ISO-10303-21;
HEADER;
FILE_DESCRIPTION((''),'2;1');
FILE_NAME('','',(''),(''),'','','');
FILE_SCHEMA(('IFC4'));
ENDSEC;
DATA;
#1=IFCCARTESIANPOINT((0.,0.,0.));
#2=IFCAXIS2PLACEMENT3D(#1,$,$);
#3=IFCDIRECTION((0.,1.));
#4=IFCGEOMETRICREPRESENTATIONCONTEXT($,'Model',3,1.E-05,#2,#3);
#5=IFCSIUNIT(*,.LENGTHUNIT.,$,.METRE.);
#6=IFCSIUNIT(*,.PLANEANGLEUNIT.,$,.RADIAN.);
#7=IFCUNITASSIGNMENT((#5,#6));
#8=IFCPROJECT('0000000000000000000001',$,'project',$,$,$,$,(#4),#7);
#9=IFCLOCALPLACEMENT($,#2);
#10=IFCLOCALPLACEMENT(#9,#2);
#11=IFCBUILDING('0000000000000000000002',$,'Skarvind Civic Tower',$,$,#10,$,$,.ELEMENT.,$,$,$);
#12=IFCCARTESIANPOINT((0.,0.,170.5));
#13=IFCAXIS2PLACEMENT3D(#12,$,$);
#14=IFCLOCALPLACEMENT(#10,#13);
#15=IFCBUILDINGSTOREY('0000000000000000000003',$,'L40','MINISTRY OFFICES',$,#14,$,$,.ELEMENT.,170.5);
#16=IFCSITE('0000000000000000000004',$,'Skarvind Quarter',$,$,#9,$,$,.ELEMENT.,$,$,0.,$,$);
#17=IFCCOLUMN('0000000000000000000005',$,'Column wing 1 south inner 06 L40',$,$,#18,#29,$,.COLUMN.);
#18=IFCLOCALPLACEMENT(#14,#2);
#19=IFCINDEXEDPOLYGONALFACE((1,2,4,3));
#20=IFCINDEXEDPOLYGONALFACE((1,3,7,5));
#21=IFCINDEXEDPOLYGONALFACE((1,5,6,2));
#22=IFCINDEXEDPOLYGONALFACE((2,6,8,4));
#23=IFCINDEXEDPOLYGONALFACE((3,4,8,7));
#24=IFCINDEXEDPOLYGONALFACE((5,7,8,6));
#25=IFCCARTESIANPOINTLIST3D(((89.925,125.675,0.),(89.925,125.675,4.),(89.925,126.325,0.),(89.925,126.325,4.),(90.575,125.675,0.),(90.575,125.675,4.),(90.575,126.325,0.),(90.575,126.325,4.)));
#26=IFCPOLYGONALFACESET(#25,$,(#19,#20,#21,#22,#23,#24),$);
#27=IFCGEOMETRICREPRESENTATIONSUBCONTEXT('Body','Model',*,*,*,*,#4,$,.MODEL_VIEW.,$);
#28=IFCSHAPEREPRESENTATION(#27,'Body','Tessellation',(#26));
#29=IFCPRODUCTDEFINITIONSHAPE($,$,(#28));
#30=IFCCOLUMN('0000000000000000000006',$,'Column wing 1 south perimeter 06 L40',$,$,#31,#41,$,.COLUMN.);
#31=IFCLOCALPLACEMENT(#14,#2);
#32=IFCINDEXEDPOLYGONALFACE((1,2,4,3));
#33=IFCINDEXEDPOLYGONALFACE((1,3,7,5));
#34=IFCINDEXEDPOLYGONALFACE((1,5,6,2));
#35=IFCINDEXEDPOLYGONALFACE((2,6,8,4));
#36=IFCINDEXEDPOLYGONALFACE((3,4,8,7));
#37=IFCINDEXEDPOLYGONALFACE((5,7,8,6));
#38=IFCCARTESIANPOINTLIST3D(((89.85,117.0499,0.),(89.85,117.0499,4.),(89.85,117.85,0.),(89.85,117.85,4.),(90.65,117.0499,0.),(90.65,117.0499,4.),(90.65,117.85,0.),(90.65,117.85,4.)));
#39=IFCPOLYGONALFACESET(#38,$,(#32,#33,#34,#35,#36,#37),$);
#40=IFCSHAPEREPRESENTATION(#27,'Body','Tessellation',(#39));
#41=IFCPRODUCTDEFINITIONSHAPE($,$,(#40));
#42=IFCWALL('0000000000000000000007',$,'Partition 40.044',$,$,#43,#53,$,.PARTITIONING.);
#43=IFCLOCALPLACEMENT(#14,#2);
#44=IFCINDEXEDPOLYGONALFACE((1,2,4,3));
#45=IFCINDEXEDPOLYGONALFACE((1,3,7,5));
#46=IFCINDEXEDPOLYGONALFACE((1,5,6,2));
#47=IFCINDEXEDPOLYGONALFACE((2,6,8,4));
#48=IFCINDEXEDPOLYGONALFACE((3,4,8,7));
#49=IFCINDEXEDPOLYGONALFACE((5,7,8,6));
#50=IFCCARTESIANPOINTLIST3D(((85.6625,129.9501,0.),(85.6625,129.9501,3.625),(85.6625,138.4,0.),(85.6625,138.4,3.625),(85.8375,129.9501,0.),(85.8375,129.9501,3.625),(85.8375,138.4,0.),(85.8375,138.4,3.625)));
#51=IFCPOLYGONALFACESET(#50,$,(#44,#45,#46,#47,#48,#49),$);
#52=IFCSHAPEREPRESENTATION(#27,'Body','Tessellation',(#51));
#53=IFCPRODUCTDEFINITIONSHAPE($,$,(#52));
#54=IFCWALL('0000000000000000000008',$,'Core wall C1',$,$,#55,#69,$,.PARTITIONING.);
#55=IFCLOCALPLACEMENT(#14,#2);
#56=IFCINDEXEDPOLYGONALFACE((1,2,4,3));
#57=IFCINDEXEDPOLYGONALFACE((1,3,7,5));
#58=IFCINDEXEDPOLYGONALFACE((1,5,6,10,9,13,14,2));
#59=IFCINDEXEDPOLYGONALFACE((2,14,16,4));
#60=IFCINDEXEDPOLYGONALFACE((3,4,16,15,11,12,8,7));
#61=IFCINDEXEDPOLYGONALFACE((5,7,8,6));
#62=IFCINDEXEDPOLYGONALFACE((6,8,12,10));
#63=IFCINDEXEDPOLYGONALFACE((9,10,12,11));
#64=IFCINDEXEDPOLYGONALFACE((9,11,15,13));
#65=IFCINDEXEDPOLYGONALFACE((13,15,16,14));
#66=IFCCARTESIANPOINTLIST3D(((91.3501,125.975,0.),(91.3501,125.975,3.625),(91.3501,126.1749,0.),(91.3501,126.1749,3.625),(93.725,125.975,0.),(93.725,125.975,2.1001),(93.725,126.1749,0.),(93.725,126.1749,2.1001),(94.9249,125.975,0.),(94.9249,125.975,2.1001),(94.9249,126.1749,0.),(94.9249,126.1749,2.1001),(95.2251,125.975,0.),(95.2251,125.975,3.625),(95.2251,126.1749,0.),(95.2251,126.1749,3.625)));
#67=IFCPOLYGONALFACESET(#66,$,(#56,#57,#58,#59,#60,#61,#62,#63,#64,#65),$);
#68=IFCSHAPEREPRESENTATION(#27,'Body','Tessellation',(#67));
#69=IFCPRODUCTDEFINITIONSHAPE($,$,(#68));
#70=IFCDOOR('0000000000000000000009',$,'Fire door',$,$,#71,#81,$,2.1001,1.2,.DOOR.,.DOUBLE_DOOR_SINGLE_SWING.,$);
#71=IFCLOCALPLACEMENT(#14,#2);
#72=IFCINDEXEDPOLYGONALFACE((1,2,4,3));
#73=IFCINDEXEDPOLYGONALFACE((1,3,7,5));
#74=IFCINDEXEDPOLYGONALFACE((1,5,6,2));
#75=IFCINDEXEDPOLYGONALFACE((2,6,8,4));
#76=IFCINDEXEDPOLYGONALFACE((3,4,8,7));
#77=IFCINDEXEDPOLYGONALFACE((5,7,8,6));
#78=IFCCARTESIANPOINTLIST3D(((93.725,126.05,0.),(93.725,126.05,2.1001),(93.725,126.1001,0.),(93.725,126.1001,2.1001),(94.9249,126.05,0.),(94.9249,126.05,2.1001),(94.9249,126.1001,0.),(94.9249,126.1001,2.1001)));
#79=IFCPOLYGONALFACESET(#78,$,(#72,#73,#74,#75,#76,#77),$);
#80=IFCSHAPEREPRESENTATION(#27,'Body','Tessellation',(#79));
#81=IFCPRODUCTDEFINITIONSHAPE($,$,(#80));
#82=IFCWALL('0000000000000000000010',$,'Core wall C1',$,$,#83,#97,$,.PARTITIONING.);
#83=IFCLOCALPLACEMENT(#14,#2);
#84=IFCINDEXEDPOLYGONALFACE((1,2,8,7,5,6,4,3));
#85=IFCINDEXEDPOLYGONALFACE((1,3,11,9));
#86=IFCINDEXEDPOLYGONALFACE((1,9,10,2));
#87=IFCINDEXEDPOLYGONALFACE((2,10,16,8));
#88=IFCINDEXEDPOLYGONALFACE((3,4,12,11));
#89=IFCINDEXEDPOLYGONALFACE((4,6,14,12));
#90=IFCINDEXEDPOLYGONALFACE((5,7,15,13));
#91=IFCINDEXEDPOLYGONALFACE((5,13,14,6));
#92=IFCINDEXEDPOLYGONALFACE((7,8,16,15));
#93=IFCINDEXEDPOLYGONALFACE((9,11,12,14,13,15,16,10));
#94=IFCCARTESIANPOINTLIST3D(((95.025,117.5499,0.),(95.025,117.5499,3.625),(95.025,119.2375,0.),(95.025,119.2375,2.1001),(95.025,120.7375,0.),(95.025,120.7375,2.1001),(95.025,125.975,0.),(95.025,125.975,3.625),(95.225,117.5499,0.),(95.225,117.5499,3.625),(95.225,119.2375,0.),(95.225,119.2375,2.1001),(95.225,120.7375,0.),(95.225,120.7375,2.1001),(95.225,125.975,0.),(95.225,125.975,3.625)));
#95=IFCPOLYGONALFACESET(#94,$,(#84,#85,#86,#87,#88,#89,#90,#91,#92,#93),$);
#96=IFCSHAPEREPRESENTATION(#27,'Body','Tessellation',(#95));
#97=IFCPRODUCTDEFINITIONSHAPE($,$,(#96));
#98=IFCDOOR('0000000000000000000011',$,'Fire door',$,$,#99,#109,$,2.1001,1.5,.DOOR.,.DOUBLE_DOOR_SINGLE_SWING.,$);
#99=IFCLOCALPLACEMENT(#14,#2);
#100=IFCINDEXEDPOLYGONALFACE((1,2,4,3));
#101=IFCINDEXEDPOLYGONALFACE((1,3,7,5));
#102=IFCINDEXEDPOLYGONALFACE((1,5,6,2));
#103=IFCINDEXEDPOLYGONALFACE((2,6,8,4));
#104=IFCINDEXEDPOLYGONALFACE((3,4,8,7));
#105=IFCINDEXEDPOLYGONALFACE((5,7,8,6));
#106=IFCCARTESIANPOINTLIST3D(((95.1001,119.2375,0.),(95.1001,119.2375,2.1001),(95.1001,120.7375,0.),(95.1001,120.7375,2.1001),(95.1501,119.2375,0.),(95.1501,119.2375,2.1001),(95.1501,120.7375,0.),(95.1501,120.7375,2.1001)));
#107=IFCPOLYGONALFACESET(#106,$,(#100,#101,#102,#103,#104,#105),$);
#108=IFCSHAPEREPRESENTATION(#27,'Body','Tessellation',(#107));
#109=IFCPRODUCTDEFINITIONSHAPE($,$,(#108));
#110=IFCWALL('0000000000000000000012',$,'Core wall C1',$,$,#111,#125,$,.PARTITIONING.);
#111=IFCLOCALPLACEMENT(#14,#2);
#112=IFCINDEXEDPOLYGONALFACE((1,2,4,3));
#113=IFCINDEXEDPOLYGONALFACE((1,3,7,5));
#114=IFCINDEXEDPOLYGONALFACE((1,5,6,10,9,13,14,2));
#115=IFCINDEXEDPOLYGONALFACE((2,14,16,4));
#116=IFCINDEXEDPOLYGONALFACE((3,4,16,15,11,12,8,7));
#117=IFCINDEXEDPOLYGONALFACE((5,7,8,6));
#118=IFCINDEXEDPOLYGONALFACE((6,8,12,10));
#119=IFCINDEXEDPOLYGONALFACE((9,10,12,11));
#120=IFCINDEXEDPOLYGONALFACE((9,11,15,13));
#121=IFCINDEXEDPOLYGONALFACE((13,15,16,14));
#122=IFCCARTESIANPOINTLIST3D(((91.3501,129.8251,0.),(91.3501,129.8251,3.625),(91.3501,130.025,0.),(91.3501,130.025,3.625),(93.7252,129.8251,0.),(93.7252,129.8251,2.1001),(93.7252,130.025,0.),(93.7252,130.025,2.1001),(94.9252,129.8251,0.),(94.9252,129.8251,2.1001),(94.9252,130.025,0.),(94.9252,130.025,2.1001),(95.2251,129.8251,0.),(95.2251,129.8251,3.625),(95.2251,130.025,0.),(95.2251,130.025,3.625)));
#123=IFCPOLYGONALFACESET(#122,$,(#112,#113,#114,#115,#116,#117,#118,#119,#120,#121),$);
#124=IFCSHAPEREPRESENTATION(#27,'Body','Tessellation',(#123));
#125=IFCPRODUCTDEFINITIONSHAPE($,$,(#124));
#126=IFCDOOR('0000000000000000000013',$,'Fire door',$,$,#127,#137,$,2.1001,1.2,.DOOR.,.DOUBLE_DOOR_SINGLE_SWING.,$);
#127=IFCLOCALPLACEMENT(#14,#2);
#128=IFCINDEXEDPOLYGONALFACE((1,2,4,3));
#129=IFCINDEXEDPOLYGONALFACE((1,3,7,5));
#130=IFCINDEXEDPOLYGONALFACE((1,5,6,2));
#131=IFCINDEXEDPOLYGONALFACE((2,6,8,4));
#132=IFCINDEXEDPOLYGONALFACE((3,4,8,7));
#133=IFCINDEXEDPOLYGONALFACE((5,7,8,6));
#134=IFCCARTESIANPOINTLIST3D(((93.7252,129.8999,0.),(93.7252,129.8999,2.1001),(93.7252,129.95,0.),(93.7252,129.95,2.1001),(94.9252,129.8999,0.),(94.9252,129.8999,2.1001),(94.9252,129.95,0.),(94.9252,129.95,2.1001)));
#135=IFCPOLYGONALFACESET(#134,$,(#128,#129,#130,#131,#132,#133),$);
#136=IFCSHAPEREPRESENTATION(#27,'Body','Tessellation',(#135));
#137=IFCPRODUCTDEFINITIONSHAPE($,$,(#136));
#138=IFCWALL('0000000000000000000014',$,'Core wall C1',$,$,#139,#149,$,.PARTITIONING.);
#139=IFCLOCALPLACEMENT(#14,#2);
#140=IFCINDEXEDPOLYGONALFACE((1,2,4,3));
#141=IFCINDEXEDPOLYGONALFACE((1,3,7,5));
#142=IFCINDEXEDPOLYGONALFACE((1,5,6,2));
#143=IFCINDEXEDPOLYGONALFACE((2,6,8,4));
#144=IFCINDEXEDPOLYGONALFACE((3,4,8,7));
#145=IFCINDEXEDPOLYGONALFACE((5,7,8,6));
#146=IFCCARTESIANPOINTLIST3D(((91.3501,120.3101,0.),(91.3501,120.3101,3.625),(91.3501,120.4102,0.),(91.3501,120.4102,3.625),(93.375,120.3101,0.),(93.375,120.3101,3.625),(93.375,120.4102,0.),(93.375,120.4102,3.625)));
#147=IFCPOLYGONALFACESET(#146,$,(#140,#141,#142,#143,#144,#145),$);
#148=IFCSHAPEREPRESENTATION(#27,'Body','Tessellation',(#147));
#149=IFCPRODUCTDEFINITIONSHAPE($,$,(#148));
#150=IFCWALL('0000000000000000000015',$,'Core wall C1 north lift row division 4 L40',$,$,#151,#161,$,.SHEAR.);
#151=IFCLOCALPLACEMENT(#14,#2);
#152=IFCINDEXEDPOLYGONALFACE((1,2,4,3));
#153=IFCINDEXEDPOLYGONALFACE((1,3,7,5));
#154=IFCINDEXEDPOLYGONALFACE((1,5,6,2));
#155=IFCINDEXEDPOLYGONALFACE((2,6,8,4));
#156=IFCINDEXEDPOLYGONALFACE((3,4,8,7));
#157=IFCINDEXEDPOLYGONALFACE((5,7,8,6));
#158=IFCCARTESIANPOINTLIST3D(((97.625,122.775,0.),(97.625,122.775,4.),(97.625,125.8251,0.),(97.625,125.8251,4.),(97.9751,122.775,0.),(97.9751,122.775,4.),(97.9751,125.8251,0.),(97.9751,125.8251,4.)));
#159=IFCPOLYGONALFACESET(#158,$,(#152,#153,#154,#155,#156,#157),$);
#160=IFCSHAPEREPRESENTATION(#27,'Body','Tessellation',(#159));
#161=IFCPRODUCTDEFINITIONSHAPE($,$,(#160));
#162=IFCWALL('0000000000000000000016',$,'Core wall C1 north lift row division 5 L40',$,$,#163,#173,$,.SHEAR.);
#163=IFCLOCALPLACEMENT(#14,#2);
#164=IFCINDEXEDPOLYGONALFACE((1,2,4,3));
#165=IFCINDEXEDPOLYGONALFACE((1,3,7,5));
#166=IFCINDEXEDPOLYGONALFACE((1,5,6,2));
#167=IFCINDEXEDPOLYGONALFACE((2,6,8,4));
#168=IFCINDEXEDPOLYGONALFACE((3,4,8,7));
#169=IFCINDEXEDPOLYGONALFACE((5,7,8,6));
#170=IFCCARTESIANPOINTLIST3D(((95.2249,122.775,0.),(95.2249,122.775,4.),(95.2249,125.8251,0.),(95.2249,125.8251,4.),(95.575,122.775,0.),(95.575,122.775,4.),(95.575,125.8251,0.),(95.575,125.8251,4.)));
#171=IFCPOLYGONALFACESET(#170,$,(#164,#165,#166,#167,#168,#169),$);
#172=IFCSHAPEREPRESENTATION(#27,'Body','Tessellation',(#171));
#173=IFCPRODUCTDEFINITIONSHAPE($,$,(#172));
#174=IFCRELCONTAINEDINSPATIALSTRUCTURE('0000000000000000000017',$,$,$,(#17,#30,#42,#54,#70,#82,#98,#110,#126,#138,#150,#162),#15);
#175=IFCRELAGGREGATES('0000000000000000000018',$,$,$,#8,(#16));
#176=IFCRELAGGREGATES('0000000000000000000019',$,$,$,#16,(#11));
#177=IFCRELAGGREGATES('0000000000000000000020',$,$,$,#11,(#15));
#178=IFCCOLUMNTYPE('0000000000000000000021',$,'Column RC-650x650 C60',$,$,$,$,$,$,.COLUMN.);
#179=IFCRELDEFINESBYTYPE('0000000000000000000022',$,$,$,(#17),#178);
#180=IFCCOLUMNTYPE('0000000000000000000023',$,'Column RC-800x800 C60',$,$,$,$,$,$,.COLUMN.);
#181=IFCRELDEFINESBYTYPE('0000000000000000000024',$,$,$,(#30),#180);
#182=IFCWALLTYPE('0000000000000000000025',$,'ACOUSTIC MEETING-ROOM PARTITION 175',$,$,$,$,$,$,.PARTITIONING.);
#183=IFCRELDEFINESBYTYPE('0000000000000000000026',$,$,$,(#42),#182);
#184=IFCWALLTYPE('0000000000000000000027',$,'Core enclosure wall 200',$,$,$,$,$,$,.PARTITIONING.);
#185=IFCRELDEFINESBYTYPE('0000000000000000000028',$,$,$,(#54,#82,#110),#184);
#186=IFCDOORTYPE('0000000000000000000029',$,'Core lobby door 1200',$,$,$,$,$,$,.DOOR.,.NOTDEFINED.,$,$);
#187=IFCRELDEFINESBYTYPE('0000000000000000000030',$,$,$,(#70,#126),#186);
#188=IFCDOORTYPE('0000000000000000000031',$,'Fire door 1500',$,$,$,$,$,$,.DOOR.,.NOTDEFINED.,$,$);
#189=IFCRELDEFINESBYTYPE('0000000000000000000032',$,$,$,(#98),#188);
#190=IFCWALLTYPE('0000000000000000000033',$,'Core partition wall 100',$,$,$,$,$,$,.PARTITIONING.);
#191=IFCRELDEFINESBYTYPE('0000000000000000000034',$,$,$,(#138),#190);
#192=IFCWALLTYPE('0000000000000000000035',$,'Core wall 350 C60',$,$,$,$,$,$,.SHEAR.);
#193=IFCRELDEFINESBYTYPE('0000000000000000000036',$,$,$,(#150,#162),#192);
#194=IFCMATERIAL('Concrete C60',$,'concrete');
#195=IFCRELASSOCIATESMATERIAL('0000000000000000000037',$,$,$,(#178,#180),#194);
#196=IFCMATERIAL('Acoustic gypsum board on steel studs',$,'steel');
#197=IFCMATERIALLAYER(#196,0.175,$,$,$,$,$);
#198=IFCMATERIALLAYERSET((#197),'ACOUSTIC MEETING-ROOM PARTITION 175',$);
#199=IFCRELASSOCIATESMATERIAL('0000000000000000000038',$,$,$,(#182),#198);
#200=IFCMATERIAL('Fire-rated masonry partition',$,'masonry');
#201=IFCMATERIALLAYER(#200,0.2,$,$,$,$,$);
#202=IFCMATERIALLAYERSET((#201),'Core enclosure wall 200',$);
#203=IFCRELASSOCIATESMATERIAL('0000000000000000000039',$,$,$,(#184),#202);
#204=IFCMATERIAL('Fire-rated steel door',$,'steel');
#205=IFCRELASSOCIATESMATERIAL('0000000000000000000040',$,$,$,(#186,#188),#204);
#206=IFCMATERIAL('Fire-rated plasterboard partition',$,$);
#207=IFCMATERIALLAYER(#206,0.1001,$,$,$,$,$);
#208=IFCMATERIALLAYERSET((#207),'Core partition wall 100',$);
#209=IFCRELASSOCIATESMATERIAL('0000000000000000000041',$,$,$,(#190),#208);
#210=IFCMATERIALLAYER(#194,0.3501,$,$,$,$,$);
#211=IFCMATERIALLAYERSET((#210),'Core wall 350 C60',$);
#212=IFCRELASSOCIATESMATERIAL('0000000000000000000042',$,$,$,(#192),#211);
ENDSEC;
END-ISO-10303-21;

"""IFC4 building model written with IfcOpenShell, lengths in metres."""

from ifc_helpers import new_model, si_unit, direction, frame, frame_2d, origin, origin_2d, place, context, subcontext, project, spatial, rectangle, extrude, material, layer, layer_set, material_profile, profile_set, type_object, element, fill, save


model = new_model("IFC4")

# Units and contexts
model_context = context("Model", 3, precision=1e-05, world=origin(), true_north=direction((0.0, 1.0)))
body_context = subcontext(model_context, "Body", "Model", "MODEL_VIEW")
ifc_project = project(units=[si_unit("LENGTHUNIT", "METRE"), si_unit("PLANEANGLEUNIT", "RADIAN")], contexts=[model_context])

# Site, building, storey
site_placement = place(None, origin())
site = spatial("IfcSite", under=ifc_project, at=site_placement, Name="Skarvind Quarter", CompositionType="ELEMENT", RefElevation=0.0)
building_placement = place(site_placement, origin())
building = spatial("IfcBuilding", under=site, at=building_placement, Name="Skarvind Civic Tower", CompositionType="ELEMENT")
storey_placement = place(building_placement, frame((0.0, 0.0, 170.5)))
storey = spatial("IfcBuildingStorey", under=building, at=storey_placement, Name="L40", Description="MINISTRY OFFICES", CompositionType="ELEMENT", Elevation=170.5)

# Columns
ifc_material_1 = material(Name="Concrete C60", Category="concrete")
ifc_material_profile_1 = material_profile(ifc_material_1, rectangle(XDim=0.6499, YDim=0.6499, at=origin_2d()), Name="RC-650x650")
ifc_profile_set_1 = profile_set([ifc_material_profile_1], Name="Concrete C60")
column_type_1 = type_object("IfcColumnType", Name="Column RC-650x650 C60", PredefinedType="COLUMN", material=ifc_profile_set_1)
column_1_placement = place(storey_placement, frame((90.25, 126.0, 0.0), z_axis=(0.0, 0.0, 1.0), x_axis=(1.0, 0.0, 0.0)))
element("IfcColumn", 1, at=column_1_placement, inside=storey, type_object=column_type_1, Name="Column wing 1 south inner 06 L40", PredefinedType="COLUMN", context=body_context, shape_type="SweptSolid", body=[
    extrude(rectangle(XDim=0.6499, YDim=0.6499, at=origin_2d()), origin(), (0.0, 0.0, 1.0), 4.0),
])
ifc_material_profile_2 = material_profile(ifc_material_1, rectangle(XDim=0.8, YDim=0.8, at=origin_2d()), Name="RC-800x800")
ifc_profile_set_2 = profile_set([ifc_material_profile_2], Name="Concrete C60")
column_type_2 = type_object("IfcColumnType", Name="Column RC-800x800 C60", PredefinedType="COLUMN", material=ifc_profile_set_2)
column_2_placement = place(storey_placement, frame((90.25, 117.45, 0.0), z_axis=(0.0, 0.0, 1.0), x_axis=(1.0, 0.0, 0.0)))
element("IfcColumn", 2, at=column_2_placement, inside=storey, type_object=column_type_2, Name="Column wing 1 south perimeter 06 L40", PredefinedType="COLUMN", context=body_context, shape_type="SweptSolid", body=[
    extrude(rectangle(XDim=0.8, YDim=0.8, at=origin_2d()), origin(), (0.0, 0.0, 1.0), 4.0),
])

# Wall
ifc_material_2 = material(Name="Acoustic gypsum board on steel studs", Category="steel")
ifc_layer_1 = layer(ifc_material_2, 0.175)
ifc_layer_set_1 = layer_set([ifc_layer_1], Name="ACOUSTIC MEETING-ROOM PARTITION 175")
wall_type_1 = type_object("IfcWallType", Name="ACOUSTIC MEETING-ROOM PARTITION 175", PredefinedType="PARTITIONING", material=ifc_layer_set_1)
wall_1_placement = place(storey_placement, frame((85.75, 129.95, 0.0), z_axis=(0.0, 0.0, 1.0), x_axis=(0.0, 1.0, 0.0)))
element("IfcWall", 3, at=wall_1_placement, inside=storey, type_object=wall_type_1, Name="Partition 40.044", PredefinedType="PARTITIONING", context=body_context, shape_type="SweptSolid", body=[
    extrude(rectangle(XDim=8.45, YDim=0.175, at=frame_2d((4.2251, 0.0))), origin(), (0.0, 0.0, 1.0), 3.625),
])

# Walls, openings, doors
ifc_material_3 = material(Name="Fire-rated masonry partition", Category="masonry")
ifc_layer_2 = layer(ifc_material_3, 0.2)
ifc_layer_set_2 = layer_set([ifc_layer_2], Name="Core enclosure wall 200")
wall_type_2 = type_object("IfcWallType", Name="Core enclosure wall 200", PredefinedType="PARTITIONING", material=ifc_layer_set_2)
wall_2_placement = place(storey_placement, frame((95.2251, 126.075, 0.0), z_axis=(0.0, 0.0, 1.0), x_axis=(-1.0, 0.0, 0.0)))
wall_2 = element("IfcWall", 4, at=wall_2_placement, inside=storey, type_object=wall_type_2, Name="Core wall C1", PredefinedType="PARTITIONING", context=body_context, shape_type="SweptSolid", body=[
    extrude(rectangle(XDim=3.875, YDim=0.2, at=frame_2d((1.9375, 0.0))), origin(), (0.0, 0.0, 1.0), 3.625),
])
opening_1_placement = place(wall_2_placement, frame((0.3, 0.0, 0.0)))
opening_1 = element("IfcOpeningElement", 5, at=opening_1_placement, cuts=wall_2, PredefinedType="OPENING", context=body_context, shape_type="SweptSolid", body=[
    extrude(rectangle(XDim=1.2, YDim=2.1001, at=frame_2d((0.6001, 1.05))), frame((0.0, 0.1099, 0.0), z_axis=(0.0, -1.0, 0.0), x_axis=(1.0, 0.0, 0.0)), (0.0, 0.0, 1.0), 0.22),
])
ifc_material_4 = material(Name="Fire-rated steel door", Category="steel")
door_type_1 = type_object("IfcDoorType", Name="Core lobby door 1200", OperationType="NOTDEFINED", PredefinedType="DOOR", material=ifc_material_4)
door_1_placement = place(opening_1_placement, origin())
door_1 = element("IfcDoor", 6, at=door_1_placement, inside=storey, type_object=door_type_1, Name="Fire door", OperationType="DOUBLE_DOOR_SINGLE_SWING", OverallHeight=2.1001, OverallWidth=1.2, PredefinedType="DOOR", context=body_context, shape_type="SweptSolid", body=[
    extrude(rectangle(XDim=1.2, YDim=2.1001, at=frame_2d((0.6001, 1.05))), frame((0.0, 0.0249, 0.0), z_axis=(0.0, -1.0, 0.0), x_axis=(1.0, 0.0, 0.0)), (0.0, 0.0, 1.0), 0.05),
])
fill(opening_1, door_1)
wall_3_placement = place(storey_placement, frame((95.125, 117.55, 0.0), z_axis=(0.0, 0.0, 1.0), x_axis=(0.0, 1.0, 0.0)))
wall_3 = element("IfcWall", 7, at=wall_3_placement, inside=storey, type_object=wall_type_2, Name="Core wall C1", PredefinedType="PARTITIONING", context=body_context, shape_type="SweptSolid", body=[
    extrude(rectangle(XDim=8.425, YDim=0.2, at=frame_2d((4.2124, 0.0))), origin(), (0.0, 0.0, 1.0), 3.625),
])
opening_2_placement = place(wall_3_placement, frame((1.6875, 0.0, 0.0)))
opening_2 = element("IfcOpeningElement", 8, at=opening_2_placement, cuts=wall_3, PredefinedType="OPENING", context=body_context, shape_type="SweptSolid", body=[
    extrude(rectangle(XDim=1.5, YDim=2.1001, at=frame_2d((0.75, 1.05))), frame((0.0, 0.1099, 0.0), z_axis=(0.0, -1.0, 0.0), x_axis=(1.0, 0.0, 0.0)), (0.0, 0.0, 1.0), 0.22),
])
door_type_2 = type_object("IfcDoorType", Name="Fire door 1500", OperationType="NOTDEFINED", PredefinedType="DOOR", material=ifc_material_4)
door_2_placement = place(opening_2_placement, origin())
door_2 = element("IfcDoor", 9, at=door_2_placement, inside=storey, type_object=door_type_2, Name="Fire door", OperationType="DOUBLE_DOOR_SINGLE_SWING", OverallHeight=2.1001, OverallWidth=1.5, PredefinedType="DOOR", context=body_context, shape_type="SweptSolid", body=[
    extrude(rectangle(XDim=1.5, YDim=2.1001, at=frame_2d((0.75, 1.05))), frame((0.0, 0.0249, 0.0), z_axis=(0.0, -1.0, 0.0), x_axis=(1.0, 0.0, 0.0)), (0.0, 0.0, 1.0), 0.05),
])
fill(opening_2, door_2)
wall_4_placement = place(storey_placement, frame((91.3501, 129.925, 0.0), z_axis=(0.0, 0.0, 1.0), x_axis=(1.0, 0.0, 0.0)))
wall_4 = element("IfcWall", 10, at=wall_4_placement, inside=storey, type_object=wall_type_2, Name="Core wall C1", PredefinedType="PARTITIONING", context=body_context, shape_type="SweptSolid", body=[
    extrude(rectangle(XDim=3.875, YDim=0.2, at=frame_2d((1.9375, 0.0))), origin(), (0.0, 0.0, 1.0), 3.625),
])
opening_3_placement = place(wall_4_placement, frame((2.375, 0.0, 0.0)))
opening_3 = element("IfcOpeningElement", 11, at=opening_3_placement, cuts=wall_4, PredefinedType="OPENING", context=body_context, shape_type="SweptSolid", body=[
    extrude(rectangle(XDim=1.2, YDim=2.1001, at=frame_2d((0.6001, 1.05))), frame((0.0, 0.1099, 0.0), z_axis=(0.0, -1.0, 0.0), x_axis=(1.0, 0.0, 0.0)), (0.0, 0.0, 1.0), 0.22),
])
door_3_placement = place(opening_3_placement, origin())
door_3 = element("IfcDoor", 12, at=door_3_placement, inside=storey, type_object=door_type_1, Name="Fire door", OperationType="DOUBLE_DOOR_SINGLE_SWING", OverallHeight=2.1001, OverallWidth=1.2, PredefinedType="DOOR", context=body_context, shape_type="SweptSolid", body=[
    extrude(rectangle(XDim=1.2, YDim=2.1001, at=frame_2d((0.6001, 1.05))), frame((0.0, 0.0249, 0.0), z_axis=(0.0, -1.0, 0.0), x_axis=(1.0, 0.0, 0.0)), (0.0, 0.0, 1.0), 0.05),
])
fill(opening_3, door_3)

# Walls
ifc_material_5 = material(Name="Fire-rated plasterboard partition")
ifc_layer_3 = layer(ifc_material_5, 0.1001)
ifc_layer_set_3 = layer_set([ifc_layer_3], Name="Core partition wall 100")
wall_type_3 = type_object("IfcWallType", Name="Core partition wall 100", PredefinedType="PARTITIONING", material=ifc_layer_set_3)
wall_5_placement = place(storey_placement, frame((93.375, 120.3601, 0.0), z_axis=(0.0, 0.0, 1.0), x_axis=(-1.0, 0.0, 0.0)))
element("IfcWall", 13, at=wall_5_placement, inside=storey, type_object=wall_type_3, Name="Core wall C1", PredefinedType="PARTITIONING", context=body_context, shape_type="SweptSolid", body=[
    extrude(rectangle(XDim=2.0249, YDim=0.1001, at=frame_2d((1.0125, 0.0))), origin(), (0.0, 0.0, 1.0), 3.625),
])
ifc_layer_4 = layer(ifc_material_1, 0.3501)
ifc_layer_set_4 = layer_set([ifc_layer_4], Name="Core wall 350 C60")
wall_type_4 = type_object("IfcWallType", Name="Core wall 350 C60", PredefinedType="SHEAR", material=ifc_layer_set_4)
for number, where, z_axis, x_axis, name in (
    (14, (97.8, 125.825, 0.0), (0.0, 0.0, 1.0), (0.0, -1.0, 0.0), "Core wall C1 north lift row division 4 L40"),
    (15, (95.3999, 125.825, 0.0), (0.0, 0.0, 1.0), (0.0, -1.0, 0.0), "Core wall C1 north lift row division 5 L40"),
):
    element("IfcWall", number, at=place(storey_placement, frame(where, z_axis=z_axis, x_axis=x_axis)), inside=storey, type_object=wall_type_4, Name=name, PredefinedType="SHEAR", context=body_context, shape_type="SweptSolid", body=[
        extrude(rectangle(XDim=3.05, YDim=0.3501, at=frame_2d((1.5249, 0.0))), origin(), (0.0, 0.0, 1.0), 4.0),
    ])

save(model, "model.ifc")
